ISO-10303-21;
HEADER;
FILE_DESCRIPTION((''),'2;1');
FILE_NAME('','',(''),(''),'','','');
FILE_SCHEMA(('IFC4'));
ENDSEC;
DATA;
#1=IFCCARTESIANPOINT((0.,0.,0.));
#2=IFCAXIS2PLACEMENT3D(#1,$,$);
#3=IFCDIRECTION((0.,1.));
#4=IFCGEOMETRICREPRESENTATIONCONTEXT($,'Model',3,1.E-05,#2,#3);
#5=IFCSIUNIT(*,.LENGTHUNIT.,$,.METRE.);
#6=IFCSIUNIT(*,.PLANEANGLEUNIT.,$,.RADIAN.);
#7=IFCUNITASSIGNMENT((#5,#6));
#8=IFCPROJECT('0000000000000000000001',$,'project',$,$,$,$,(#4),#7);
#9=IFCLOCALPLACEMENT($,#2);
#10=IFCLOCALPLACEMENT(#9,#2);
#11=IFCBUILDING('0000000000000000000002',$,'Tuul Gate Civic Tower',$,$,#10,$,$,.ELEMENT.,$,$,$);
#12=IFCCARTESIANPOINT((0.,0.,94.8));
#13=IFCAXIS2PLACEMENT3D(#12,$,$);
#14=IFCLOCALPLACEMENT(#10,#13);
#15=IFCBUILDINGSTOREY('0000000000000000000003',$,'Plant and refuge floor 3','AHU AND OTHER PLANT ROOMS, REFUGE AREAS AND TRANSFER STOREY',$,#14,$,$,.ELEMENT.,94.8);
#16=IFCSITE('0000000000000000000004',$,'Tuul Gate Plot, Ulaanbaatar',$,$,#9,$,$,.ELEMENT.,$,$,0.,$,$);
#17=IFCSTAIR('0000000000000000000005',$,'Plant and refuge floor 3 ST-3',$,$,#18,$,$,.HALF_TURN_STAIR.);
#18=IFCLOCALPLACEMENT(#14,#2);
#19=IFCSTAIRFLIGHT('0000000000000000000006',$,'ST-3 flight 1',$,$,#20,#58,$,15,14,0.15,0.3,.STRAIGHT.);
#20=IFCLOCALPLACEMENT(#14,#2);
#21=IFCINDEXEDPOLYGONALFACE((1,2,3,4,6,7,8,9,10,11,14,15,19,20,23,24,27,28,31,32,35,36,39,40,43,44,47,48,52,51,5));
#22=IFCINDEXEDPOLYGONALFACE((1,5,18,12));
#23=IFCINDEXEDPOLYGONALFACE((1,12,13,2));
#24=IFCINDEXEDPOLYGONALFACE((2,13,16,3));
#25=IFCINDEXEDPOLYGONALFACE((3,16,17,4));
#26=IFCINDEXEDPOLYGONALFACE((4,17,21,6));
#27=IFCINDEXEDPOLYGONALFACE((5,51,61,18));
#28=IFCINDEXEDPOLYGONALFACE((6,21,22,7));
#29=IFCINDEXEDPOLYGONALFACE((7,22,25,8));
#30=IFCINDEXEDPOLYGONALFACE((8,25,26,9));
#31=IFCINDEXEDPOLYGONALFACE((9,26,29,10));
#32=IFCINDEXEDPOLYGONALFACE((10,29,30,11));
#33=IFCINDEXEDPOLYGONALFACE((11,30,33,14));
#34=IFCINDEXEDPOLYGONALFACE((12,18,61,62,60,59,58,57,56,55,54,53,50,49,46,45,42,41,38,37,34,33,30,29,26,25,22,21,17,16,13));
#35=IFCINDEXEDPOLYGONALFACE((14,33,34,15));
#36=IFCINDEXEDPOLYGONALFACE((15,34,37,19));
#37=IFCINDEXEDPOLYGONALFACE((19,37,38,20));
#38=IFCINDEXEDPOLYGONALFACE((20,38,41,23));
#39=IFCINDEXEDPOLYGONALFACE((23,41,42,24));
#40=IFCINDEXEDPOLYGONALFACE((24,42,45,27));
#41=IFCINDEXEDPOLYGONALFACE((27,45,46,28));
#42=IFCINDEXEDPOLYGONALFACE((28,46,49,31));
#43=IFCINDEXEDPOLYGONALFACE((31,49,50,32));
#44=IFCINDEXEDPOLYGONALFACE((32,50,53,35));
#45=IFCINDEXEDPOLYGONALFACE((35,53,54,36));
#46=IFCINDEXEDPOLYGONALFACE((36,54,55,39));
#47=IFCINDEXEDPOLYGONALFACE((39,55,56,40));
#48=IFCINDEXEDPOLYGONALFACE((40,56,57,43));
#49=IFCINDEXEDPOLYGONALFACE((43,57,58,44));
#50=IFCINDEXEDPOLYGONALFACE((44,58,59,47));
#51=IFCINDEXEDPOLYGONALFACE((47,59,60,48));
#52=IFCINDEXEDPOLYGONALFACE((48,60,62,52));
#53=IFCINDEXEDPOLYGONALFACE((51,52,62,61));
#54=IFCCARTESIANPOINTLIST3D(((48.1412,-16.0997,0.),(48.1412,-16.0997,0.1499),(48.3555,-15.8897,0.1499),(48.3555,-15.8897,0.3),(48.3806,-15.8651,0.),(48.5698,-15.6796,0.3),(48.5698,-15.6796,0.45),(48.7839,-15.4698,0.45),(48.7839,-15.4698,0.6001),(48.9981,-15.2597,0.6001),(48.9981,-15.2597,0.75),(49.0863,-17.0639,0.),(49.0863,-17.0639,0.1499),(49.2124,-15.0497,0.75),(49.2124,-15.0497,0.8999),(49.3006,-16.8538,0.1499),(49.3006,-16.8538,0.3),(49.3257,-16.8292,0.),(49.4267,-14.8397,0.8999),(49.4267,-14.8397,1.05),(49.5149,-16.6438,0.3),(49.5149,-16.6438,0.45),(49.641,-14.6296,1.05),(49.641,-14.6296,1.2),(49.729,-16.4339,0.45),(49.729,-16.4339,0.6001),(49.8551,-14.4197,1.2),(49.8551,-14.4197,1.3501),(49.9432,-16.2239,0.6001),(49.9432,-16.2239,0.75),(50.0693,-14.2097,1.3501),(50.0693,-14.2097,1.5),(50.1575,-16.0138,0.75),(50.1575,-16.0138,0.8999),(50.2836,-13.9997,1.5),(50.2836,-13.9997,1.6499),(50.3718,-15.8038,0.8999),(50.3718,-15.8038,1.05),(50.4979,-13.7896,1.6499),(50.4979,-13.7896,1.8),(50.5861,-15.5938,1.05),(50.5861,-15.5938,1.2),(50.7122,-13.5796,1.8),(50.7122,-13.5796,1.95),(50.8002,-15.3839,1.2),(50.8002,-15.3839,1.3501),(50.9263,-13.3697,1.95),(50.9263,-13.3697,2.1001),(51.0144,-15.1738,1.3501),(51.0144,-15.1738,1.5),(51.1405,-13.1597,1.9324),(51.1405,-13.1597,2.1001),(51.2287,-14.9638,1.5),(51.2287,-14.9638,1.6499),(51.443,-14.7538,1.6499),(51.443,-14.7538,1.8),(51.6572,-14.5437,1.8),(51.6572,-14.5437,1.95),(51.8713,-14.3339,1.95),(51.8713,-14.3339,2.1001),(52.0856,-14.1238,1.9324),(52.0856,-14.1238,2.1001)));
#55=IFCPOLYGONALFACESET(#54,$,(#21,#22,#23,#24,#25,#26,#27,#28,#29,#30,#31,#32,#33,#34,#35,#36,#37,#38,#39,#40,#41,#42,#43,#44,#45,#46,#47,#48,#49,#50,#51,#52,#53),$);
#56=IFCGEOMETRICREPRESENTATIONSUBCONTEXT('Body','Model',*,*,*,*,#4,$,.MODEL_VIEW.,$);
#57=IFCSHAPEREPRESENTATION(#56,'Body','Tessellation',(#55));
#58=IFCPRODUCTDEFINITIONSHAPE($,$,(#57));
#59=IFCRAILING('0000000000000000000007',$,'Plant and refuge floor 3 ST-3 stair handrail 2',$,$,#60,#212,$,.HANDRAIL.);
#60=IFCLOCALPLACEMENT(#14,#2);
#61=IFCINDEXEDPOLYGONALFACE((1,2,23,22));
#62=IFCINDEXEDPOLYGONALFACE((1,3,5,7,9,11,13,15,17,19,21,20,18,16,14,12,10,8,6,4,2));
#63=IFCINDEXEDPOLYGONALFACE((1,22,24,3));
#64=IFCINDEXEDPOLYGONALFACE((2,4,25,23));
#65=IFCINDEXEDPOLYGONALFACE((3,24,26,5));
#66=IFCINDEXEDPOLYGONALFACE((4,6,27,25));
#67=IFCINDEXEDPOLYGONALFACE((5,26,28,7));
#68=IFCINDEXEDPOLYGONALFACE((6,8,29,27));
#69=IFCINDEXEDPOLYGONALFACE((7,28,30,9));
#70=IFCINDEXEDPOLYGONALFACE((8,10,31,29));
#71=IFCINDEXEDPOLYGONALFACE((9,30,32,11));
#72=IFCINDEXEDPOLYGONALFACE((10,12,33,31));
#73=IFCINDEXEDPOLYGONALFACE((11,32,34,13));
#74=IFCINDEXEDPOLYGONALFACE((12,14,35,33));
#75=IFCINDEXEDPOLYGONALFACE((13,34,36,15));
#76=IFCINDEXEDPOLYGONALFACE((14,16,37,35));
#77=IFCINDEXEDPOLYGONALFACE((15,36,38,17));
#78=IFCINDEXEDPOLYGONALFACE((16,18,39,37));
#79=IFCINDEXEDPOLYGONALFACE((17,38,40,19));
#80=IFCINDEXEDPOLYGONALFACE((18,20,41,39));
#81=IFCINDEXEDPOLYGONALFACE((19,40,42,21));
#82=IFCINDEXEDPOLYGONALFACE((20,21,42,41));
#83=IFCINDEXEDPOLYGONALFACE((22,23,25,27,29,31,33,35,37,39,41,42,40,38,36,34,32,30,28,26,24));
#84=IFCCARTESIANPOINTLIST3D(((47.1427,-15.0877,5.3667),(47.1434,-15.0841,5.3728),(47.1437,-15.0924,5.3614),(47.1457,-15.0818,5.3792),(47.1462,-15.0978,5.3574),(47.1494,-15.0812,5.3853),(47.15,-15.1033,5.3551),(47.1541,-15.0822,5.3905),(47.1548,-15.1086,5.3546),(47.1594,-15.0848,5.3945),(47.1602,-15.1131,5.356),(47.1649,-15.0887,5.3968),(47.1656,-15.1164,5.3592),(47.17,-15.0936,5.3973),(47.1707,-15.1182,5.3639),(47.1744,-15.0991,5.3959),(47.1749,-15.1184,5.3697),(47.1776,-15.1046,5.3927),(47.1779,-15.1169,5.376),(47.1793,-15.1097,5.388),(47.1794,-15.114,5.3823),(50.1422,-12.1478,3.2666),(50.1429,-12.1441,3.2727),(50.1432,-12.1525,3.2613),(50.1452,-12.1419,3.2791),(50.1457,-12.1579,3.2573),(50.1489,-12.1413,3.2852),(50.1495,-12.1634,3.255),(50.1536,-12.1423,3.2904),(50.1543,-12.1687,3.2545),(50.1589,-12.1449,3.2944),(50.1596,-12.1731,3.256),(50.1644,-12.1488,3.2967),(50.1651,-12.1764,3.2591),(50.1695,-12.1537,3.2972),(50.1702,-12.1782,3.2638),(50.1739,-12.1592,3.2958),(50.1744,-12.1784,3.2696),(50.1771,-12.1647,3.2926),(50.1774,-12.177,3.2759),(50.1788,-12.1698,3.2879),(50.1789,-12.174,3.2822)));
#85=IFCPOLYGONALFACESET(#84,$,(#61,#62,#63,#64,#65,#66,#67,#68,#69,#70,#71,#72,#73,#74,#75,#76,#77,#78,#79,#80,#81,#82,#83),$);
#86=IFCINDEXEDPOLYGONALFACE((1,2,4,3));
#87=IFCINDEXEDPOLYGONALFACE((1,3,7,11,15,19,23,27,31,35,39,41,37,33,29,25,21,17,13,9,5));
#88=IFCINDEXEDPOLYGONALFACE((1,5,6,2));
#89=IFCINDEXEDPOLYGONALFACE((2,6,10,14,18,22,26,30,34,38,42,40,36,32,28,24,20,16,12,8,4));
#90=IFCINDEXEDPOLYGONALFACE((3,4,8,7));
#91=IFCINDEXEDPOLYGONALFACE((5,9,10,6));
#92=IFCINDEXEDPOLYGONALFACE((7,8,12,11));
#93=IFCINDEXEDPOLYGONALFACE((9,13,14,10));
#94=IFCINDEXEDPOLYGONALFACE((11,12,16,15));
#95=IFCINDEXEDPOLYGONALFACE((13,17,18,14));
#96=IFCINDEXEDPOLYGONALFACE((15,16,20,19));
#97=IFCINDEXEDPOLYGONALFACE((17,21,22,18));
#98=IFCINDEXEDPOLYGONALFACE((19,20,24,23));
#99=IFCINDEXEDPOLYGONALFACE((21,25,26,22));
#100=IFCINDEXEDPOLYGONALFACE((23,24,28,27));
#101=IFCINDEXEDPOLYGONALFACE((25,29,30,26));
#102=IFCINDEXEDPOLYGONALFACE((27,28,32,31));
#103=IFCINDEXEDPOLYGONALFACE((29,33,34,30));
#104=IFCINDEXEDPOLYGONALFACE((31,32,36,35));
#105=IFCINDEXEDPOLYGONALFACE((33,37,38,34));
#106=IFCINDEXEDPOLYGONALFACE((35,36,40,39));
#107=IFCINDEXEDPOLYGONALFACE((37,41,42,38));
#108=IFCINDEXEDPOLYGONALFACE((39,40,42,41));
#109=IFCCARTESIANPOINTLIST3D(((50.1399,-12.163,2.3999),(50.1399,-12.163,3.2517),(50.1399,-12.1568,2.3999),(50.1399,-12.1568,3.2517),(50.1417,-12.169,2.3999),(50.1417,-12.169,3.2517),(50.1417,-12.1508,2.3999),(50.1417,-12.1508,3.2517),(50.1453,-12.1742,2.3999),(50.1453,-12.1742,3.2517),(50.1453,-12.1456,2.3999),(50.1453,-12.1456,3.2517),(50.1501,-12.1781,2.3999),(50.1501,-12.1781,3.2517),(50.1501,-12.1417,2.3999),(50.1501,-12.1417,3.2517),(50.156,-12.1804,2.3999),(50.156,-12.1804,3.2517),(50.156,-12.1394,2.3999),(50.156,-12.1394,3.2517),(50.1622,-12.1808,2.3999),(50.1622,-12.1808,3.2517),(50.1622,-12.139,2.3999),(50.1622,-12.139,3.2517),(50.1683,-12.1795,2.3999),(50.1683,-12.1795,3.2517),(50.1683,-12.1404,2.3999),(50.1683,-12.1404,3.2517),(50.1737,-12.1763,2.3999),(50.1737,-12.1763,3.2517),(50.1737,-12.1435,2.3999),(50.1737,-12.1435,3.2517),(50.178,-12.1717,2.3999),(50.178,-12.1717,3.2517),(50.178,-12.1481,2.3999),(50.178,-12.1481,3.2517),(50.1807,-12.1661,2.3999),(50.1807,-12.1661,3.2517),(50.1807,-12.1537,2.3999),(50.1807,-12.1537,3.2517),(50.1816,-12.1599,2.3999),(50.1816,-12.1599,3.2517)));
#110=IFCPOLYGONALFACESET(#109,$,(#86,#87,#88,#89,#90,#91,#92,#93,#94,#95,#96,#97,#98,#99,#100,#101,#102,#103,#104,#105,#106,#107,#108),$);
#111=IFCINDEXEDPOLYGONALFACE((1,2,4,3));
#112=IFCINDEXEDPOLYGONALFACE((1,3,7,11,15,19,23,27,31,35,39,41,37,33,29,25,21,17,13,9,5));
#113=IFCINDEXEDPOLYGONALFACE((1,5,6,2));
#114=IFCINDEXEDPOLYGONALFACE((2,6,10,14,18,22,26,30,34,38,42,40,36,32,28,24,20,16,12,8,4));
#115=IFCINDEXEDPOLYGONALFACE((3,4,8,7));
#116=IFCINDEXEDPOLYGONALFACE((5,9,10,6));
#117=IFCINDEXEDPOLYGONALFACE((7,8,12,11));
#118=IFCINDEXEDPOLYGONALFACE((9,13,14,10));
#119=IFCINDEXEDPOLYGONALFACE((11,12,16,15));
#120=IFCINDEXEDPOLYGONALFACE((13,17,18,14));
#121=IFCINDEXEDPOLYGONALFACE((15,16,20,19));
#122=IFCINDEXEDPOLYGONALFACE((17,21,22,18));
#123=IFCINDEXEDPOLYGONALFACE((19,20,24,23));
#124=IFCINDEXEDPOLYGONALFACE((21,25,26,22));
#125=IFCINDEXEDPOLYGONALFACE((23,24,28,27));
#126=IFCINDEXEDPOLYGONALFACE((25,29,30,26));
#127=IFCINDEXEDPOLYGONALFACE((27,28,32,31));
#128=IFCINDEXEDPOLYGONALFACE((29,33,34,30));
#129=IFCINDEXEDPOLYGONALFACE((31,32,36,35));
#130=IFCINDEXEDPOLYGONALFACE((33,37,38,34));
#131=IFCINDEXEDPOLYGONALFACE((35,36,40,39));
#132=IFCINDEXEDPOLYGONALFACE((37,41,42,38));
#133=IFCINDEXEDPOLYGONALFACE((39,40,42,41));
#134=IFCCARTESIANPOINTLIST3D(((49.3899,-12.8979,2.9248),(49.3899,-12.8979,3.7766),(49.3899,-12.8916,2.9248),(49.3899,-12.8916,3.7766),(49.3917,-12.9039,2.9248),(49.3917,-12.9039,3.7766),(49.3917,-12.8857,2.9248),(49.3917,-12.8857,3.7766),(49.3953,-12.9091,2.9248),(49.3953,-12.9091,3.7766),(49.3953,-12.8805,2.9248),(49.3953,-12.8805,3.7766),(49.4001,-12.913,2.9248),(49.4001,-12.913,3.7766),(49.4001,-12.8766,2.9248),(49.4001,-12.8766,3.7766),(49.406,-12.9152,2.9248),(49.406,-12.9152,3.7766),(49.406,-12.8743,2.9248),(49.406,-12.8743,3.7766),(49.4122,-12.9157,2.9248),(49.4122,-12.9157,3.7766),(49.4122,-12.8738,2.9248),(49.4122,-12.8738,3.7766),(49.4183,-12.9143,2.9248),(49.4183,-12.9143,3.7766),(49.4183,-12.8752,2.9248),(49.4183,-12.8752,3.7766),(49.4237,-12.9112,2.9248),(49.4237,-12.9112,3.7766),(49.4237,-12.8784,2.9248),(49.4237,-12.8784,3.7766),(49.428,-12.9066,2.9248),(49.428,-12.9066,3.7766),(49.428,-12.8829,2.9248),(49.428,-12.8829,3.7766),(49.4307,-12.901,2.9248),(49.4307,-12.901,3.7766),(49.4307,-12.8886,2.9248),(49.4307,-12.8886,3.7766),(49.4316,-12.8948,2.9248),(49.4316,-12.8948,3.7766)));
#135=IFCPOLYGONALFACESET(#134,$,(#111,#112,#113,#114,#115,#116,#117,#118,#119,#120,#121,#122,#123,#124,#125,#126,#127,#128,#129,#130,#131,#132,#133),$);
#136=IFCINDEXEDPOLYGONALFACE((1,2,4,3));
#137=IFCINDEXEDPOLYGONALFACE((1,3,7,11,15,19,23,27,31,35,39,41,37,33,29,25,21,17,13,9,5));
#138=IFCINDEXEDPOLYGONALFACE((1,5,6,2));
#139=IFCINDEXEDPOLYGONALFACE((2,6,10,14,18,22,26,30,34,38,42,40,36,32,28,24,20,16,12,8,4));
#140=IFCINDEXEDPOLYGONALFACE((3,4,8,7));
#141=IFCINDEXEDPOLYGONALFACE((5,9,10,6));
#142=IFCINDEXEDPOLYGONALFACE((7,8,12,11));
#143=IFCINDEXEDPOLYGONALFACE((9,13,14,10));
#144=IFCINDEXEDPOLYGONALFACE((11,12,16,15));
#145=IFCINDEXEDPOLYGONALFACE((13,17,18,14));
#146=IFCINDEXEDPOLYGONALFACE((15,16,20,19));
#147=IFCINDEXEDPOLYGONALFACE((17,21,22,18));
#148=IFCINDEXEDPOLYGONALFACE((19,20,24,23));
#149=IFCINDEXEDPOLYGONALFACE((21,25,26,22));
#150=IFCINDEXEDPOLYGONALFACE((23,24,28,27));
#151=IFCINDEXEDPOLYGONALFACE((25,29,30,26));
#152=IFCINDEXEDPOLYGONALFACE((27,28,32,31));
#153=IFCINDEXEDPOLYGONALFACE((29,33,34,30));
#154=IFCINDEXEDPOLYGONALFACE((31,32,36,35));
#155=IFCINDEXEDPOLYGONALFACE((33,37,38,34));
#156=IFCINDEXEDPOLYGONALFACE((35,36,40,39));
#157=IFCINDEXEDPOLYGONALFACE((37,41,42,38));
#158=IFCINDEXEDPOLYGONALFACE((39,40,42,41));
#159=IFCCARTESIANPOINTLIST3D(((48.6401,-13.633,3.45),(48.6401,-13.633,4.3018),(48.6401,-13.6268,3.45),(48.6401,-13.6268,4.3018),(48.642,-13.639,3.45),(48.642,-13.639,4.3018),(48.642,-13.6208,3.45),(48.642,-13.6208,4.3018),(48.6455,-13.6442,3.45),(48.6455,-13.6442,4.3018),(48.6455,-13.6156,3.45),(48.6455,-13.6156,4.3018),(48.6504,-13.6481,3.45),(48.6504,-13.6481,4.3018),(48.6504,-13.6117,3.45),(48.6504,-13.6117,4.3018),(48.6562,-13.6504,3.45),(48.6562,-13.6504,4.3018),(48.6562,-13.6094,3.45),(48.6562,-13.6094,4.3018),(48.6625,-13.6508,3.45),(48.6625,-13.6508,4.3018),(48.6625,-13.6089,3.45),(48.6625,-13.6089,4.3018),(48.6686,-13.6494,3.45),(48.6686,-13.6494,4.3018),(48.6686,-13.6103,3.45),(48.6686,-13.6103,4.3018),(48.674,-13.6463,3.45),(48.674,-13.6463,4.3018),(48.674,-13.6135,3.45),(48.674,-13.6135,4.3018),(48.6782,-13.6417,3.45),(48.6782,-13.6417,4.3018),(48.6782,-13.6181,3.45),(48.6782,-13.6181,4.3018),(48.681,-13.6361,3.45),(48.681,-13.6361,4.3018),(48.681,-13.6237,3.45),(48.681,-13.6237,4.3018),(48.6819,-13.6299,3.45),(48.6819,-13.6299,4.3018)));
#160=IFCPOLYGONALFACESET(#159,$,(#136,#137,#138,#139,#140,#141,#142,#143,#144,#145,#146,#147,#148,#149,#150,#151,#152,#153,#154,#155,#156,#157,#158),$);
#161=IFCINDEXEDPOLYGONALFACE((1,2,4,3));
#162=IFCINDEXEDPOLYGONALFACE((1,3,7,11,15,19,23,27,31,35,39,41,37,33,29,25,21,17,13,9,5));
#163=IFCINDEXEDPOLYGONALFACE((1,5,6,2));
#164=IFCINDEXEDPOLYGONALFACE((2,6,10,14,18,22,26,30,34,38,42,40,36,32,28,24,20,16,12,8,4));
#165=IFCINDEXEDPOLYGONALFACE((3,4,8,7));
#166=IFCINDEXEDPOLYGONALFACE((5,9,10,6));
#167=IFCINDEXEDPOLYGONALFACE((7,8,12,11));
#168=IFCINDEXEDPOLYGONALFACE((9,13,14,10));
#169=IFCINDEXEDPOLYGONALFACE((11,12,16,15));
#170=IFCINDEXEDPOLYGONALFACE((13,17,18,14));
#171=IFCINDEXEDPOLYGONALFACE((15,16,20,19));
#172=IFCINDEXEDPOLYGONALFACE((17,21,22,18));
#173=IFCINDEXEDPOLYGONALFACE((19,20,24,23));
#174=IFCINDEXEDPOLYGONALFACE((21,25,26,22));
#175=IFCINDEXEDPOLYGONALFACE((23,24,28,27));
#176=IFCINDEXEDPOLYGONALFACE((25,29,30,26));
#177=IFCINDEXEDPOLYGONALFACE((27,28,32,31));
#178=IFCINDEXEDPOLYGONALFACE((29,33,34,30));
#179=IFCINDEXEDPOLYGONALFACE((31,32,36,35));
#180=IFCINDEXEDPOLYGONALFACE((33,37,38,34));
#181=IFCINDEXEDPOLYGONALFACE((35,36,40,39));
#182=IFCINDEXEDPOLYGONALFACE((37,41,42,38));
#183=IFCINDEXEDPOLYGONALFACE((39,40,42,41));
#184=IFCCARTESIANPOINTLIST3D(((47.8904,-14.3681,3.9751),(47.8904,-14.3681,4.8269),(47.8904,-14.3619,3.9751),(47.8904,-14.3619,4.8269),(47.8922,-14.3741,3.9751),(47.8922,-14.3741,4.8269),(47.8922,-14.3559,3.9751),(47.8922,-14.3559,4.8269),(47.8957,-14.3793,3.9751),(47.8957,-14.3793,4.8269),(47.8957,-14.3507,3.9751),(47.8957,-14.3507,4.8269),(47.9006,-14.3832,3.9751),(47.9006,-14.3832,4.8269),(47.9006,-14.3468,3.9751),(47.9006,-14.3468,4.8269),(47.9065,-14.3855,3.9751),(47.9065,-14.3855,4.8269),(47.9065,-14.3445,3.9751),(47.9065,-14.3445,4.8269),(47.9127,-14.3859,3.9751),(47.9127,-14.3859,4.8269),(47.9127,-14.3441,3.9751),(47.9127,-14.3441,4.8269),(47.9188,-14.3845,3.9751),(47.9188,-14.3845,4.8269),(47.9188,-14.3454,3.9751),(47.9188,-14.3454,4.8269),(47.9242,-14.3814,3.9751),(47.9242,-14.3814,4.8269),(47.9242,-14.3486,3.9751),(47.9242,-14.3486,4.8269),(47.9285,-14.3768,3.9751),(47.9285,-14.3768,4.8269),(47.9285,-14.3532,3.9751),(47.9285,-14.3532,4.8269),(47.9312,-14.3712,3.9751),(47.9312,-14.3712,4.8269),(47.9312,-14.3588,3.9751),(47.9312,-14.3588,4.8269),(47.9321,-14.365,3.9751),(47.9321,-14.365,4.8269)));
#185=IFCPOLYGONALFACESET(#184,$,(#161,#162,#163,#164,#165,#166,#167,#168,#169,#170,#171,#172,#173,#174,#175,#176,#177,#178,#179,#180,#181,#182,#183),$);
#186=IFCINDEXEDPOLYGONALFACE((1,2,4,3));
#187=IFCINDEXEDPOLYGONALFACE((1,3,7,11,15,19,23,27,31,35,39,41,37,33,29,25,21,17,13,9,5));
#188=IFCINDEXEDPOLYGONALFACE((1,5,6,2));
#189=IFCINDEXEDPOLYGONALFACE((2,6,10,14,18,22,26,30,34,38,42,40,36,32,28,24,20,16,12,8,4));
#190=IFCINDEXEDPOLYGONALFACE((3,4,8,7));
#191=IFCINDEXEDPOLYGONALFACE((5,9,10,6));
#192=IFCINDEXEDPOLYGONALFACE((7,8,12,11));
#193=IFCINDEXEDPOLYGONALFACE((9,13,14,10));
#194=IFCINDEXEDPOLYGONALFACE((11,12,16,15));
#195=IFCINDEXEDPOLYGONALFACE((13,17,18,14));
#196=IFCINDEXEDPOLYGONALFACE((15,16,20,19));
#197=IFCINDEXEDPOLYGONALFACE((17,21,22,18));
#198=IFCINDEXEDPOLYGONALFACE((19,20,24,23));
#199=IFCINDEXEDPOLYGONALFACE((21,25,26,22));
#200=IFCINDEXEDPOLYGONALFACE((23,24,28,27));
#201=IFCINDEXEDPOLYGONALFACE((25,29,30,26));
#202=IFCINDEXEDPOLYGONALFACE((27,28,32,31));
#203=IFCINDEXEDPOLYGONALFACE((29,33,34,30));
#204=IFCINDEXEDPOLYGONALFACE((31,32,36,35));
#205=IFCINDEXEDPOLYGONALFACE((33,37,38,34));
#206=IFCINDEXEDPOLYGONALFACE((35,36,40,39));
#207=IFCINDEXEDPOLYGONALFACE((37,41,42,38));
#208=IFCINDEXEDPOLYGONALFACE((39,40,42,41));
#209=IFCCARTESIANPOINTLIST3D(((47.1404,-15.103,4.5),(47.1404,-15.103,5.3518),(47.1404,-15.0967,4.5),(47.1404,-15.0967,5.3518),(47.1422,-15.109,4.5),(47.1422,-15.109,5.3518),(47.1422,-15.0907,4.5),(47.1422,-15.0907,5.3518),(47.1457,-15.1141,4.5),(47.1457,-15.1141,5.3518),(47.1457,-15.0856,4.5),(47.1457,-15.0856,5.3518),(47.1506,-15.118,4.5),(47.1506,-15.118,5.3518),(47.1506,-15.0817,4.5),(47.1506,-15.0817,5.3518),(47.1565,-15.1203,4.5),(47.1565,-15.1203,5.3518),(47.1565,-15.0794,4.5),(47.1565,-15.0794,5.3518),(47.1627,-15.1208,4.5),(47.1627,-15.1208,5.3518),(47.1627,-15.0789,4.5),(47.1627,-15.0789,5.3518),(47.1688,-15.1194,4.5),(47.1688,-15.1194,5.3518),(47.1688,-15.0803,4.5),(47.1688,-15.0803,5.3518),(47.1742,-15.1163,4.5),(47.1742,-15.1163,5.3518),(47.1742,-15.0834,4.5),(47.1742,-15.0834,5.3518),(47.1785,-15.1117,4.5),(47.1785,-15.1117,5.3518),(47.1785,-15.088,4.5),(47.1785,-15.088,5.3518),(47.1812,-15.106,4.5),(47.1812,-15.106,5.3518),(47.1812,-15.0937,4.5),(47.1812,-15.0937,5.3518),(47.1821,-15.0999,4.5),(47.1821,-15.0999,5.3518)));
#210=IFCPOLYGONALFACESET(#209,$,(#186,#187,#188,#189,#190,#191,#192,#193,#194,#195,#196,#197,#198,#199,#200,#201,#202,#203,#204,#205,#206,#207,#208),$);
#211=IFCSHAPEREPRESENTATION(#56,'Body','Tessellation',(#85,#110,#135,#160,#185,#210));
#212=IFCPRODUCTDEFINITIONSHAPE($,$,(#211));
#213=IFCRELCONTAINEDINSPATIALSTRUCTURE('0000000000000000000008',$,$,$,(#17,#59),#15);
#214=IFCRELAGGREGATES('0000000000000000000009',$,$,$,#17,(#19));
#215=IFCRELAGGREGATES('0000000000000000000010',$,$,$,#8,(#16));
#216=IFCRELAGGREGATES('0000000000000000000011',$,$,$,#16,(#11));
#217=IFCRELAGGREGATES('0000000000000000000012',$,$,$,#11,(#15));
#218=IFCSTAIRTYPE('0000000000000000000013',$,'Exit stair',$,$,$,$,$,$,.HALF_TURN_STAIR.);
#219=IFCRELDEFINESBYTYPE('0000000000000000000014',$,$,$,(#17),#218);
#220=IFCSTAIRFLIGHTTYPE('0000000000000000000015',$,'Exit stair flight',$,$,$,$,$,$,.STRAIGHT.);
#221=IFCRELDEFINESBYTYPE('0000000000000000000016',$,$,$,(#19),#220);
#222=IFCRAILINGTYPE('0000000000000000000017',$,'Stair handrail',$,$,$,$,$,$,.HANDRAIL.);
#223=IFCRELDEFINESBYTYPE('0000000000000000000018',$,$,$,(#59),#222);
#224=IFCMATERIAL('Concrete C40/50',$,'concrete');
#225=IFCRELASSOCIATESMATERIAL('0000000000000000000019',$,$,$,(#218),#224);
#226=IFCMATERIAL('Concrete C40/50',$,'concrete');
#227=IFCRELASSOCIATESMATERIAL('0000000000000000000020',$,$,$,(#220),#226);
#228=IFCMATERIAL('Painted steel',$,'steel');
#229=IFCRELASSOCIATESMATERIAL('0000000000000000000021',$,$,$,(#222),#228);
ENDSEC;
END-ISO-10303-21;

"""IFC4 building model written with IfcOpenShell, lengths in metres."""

from ifc_helpers import new_model, si_unit, direction, frame, origin, origin_2d, place, context, subcontext, project, spatial, polyline, circle, outline, extrude, material, type_object, element, aggregate, save


model = new_model("IFC4")

# Units and contexts
model_context = context("Model", 3, precision=1e-05, world=origin(), true_north=direction((0.0, 1.0)))
body_context = subcontext(model_context, "Body", "Model", "MODEL_VIEW")
ifc_project = project(units=[si_unit("LENGTHUNIT", "METRE"), si_unit("PLANEANGLEUNIT", "RADIAN")], contexts=[model_context])

# Site, building, storey
site_placement = place(None, origin())
site = spatial("IfcSite", under=ifc_project, at=site_placement, Name="Tuul Gate Plot, Ulaanbaatar", CompositionType="ELEMENT", RefElevation=0.0)
building_placement = place(site_placement, origin())
building = spatial("IfcBuilding", under=site, at=building_placement, Name="Tuul Gate Civic Tower", CompositionType="ELEMENT")
storey_placement = place(building_placement, frame((0.0, 0.0, 94.8)))
storey = spatial("IfcBuildingStorey", under=building, at=storey_placement, Name="Plant and refuge floor 3", Description="AHU AND OTHER PLANT ROOMS, REFUGE AREAS AND TRANSFER STOREY", CompositionType="ELEMENT", Elevation=94.8)

# Stair, stair flight
ifc_material_1 = material(Name="Concrete C40/50", Category="concrete")
stair_type = type_object("IfcStairType", Name="Exit stair", PredefinedType="HALF_TURN_STAIR", material=ifc_material_1)
stair_placement = place(storey_placement, origin())
stair = element("IfcStair", 1, at=stair_placement, inside=storey, type_object=stair_type, Name="Plant and refuge floor 3 ST-3", PredefinedType="HALF_TURN_STAIR")
ifc_material_2 = material(Name="Concrete C40/50", Category="concrete")
stair_flight_type = type_object("IfcStairFlightType", Name="Exit stair flight", PredefinedType="STRAIGHT", material=ifc_material_2)
stair_flight_placement = place(storey_placement, frame((48.6138, -16.5818, 0.0), z_axis=(0.0, 0.0, 1.0), x_axis=(0.714127, 0.700016, 0.0)))
stair_flight = element("IfcStairFlight", 2, at=stair_flight_placement, type_object=stair_flight_type, Name="ST-3 flight 1", NumberOfRisers=15, NumberOfTreads=14, PredefinedType="STRAIGHT", RiserHeight=0.15, TreadLength=0.3, context=body_context, shape_type="SweptSolid", body=[
    extrude(outline(polyline([(0.0, 0.0), (0.0, 0.1499), (0.3, 0.1499), (0.3, 0.3), (0.6001, 0.3), (0.6001, 0.45), (0.8999, 0.45), (0.8999, 0.6001), (1.2, 0.6001), (1.2, 0.75), (1.5, 0.75), (1.5, 0.8999), (1.8, 0.8999), (1.8, 1.05), (2.1001, 1.05), (2.1001, 1.2), (2.3999, 1.2), (2.3999, 1.3501), (2.7, 1.3501), (2.7, 1.5), (3.0, 1.5), (3.0, 1.6499), (3.3, 1.6499), (3.3, 1.8), (3.6001, 1.8), (3.6001, 1.95), (3.8999, 1.95), (3.8999, 2.1001), (4.2, 2.1001), (4.2, 2.25), (4.2, 1.9324), (0.3352, 0.0), (0.0, 0.0)])), frame((0.0, 0.675, 0.0), z_axis=(0.0, -1.0, 0.0), x_axis=(1.0, 0.0, 0.0)), (0.0, 0.0, 1.0), 1.3501),
])
aggregate(stair, [stair_flight])

# Railing
ifc_material_3 = material(Name="Painted steel", Category="steel")
railing_type_1 = type_object("IfcRailingType", Name="Stair handrail", PredefinedType="HANDRAIL", material=ifc_material_3)
railing_1_placement = place(storey_placement, frame((50.1606, -12.1599, 2.3999)))
element("IfcRailing", 3, at=railing_1_placement, inside=storey, type_object=railing_type_1, Name="Plant and refuge floor 3 ST-3 stair handrail 2", PredefinedType="HANDRAIL", context=body_context, shape_type="SweptSolid", body=[
    extrude(circle(Radius=0.0239, at=origin_2d()), frame((0.0, 0.0, 0.876), z_axis=(-0.638762, -0.626076, 0.447227), x_axis=(0.69998, -0.714163, 0.0)), (0.0, 0.0, 1.0), 4.6958),
    extrude(circle(Radius=0.021, at=origin_2d()), origin(), (0.0, 0.0, 1.0), 0.8518),
    extrude(circle(Radius=0.021, at=origin_2d()), frame((-0.75, -0.7349, 0.5249)), (0.0, 0.0, 1.0), 0.8518),
    extrude(circle(Radius=0.021, at=origin_2d()), frame((-1.4998, -1.47, 1.05)), (0.0, 0.0, 1.0), 0.8518),
    extrude(circle(Radius=0.021, at=origin_2d()), frame((-2.2495, -2.2051, 1.5752)), (0.0, 0.0, 1.0), 0.8518),
    extrude(circle(Radius=0.021, at=origin_2d()), frame((-2.9995, -2.9399, 2.1001)), (0.0, 0.0, 1.0), 0.8518),
])

save(model, "model.ifc")
